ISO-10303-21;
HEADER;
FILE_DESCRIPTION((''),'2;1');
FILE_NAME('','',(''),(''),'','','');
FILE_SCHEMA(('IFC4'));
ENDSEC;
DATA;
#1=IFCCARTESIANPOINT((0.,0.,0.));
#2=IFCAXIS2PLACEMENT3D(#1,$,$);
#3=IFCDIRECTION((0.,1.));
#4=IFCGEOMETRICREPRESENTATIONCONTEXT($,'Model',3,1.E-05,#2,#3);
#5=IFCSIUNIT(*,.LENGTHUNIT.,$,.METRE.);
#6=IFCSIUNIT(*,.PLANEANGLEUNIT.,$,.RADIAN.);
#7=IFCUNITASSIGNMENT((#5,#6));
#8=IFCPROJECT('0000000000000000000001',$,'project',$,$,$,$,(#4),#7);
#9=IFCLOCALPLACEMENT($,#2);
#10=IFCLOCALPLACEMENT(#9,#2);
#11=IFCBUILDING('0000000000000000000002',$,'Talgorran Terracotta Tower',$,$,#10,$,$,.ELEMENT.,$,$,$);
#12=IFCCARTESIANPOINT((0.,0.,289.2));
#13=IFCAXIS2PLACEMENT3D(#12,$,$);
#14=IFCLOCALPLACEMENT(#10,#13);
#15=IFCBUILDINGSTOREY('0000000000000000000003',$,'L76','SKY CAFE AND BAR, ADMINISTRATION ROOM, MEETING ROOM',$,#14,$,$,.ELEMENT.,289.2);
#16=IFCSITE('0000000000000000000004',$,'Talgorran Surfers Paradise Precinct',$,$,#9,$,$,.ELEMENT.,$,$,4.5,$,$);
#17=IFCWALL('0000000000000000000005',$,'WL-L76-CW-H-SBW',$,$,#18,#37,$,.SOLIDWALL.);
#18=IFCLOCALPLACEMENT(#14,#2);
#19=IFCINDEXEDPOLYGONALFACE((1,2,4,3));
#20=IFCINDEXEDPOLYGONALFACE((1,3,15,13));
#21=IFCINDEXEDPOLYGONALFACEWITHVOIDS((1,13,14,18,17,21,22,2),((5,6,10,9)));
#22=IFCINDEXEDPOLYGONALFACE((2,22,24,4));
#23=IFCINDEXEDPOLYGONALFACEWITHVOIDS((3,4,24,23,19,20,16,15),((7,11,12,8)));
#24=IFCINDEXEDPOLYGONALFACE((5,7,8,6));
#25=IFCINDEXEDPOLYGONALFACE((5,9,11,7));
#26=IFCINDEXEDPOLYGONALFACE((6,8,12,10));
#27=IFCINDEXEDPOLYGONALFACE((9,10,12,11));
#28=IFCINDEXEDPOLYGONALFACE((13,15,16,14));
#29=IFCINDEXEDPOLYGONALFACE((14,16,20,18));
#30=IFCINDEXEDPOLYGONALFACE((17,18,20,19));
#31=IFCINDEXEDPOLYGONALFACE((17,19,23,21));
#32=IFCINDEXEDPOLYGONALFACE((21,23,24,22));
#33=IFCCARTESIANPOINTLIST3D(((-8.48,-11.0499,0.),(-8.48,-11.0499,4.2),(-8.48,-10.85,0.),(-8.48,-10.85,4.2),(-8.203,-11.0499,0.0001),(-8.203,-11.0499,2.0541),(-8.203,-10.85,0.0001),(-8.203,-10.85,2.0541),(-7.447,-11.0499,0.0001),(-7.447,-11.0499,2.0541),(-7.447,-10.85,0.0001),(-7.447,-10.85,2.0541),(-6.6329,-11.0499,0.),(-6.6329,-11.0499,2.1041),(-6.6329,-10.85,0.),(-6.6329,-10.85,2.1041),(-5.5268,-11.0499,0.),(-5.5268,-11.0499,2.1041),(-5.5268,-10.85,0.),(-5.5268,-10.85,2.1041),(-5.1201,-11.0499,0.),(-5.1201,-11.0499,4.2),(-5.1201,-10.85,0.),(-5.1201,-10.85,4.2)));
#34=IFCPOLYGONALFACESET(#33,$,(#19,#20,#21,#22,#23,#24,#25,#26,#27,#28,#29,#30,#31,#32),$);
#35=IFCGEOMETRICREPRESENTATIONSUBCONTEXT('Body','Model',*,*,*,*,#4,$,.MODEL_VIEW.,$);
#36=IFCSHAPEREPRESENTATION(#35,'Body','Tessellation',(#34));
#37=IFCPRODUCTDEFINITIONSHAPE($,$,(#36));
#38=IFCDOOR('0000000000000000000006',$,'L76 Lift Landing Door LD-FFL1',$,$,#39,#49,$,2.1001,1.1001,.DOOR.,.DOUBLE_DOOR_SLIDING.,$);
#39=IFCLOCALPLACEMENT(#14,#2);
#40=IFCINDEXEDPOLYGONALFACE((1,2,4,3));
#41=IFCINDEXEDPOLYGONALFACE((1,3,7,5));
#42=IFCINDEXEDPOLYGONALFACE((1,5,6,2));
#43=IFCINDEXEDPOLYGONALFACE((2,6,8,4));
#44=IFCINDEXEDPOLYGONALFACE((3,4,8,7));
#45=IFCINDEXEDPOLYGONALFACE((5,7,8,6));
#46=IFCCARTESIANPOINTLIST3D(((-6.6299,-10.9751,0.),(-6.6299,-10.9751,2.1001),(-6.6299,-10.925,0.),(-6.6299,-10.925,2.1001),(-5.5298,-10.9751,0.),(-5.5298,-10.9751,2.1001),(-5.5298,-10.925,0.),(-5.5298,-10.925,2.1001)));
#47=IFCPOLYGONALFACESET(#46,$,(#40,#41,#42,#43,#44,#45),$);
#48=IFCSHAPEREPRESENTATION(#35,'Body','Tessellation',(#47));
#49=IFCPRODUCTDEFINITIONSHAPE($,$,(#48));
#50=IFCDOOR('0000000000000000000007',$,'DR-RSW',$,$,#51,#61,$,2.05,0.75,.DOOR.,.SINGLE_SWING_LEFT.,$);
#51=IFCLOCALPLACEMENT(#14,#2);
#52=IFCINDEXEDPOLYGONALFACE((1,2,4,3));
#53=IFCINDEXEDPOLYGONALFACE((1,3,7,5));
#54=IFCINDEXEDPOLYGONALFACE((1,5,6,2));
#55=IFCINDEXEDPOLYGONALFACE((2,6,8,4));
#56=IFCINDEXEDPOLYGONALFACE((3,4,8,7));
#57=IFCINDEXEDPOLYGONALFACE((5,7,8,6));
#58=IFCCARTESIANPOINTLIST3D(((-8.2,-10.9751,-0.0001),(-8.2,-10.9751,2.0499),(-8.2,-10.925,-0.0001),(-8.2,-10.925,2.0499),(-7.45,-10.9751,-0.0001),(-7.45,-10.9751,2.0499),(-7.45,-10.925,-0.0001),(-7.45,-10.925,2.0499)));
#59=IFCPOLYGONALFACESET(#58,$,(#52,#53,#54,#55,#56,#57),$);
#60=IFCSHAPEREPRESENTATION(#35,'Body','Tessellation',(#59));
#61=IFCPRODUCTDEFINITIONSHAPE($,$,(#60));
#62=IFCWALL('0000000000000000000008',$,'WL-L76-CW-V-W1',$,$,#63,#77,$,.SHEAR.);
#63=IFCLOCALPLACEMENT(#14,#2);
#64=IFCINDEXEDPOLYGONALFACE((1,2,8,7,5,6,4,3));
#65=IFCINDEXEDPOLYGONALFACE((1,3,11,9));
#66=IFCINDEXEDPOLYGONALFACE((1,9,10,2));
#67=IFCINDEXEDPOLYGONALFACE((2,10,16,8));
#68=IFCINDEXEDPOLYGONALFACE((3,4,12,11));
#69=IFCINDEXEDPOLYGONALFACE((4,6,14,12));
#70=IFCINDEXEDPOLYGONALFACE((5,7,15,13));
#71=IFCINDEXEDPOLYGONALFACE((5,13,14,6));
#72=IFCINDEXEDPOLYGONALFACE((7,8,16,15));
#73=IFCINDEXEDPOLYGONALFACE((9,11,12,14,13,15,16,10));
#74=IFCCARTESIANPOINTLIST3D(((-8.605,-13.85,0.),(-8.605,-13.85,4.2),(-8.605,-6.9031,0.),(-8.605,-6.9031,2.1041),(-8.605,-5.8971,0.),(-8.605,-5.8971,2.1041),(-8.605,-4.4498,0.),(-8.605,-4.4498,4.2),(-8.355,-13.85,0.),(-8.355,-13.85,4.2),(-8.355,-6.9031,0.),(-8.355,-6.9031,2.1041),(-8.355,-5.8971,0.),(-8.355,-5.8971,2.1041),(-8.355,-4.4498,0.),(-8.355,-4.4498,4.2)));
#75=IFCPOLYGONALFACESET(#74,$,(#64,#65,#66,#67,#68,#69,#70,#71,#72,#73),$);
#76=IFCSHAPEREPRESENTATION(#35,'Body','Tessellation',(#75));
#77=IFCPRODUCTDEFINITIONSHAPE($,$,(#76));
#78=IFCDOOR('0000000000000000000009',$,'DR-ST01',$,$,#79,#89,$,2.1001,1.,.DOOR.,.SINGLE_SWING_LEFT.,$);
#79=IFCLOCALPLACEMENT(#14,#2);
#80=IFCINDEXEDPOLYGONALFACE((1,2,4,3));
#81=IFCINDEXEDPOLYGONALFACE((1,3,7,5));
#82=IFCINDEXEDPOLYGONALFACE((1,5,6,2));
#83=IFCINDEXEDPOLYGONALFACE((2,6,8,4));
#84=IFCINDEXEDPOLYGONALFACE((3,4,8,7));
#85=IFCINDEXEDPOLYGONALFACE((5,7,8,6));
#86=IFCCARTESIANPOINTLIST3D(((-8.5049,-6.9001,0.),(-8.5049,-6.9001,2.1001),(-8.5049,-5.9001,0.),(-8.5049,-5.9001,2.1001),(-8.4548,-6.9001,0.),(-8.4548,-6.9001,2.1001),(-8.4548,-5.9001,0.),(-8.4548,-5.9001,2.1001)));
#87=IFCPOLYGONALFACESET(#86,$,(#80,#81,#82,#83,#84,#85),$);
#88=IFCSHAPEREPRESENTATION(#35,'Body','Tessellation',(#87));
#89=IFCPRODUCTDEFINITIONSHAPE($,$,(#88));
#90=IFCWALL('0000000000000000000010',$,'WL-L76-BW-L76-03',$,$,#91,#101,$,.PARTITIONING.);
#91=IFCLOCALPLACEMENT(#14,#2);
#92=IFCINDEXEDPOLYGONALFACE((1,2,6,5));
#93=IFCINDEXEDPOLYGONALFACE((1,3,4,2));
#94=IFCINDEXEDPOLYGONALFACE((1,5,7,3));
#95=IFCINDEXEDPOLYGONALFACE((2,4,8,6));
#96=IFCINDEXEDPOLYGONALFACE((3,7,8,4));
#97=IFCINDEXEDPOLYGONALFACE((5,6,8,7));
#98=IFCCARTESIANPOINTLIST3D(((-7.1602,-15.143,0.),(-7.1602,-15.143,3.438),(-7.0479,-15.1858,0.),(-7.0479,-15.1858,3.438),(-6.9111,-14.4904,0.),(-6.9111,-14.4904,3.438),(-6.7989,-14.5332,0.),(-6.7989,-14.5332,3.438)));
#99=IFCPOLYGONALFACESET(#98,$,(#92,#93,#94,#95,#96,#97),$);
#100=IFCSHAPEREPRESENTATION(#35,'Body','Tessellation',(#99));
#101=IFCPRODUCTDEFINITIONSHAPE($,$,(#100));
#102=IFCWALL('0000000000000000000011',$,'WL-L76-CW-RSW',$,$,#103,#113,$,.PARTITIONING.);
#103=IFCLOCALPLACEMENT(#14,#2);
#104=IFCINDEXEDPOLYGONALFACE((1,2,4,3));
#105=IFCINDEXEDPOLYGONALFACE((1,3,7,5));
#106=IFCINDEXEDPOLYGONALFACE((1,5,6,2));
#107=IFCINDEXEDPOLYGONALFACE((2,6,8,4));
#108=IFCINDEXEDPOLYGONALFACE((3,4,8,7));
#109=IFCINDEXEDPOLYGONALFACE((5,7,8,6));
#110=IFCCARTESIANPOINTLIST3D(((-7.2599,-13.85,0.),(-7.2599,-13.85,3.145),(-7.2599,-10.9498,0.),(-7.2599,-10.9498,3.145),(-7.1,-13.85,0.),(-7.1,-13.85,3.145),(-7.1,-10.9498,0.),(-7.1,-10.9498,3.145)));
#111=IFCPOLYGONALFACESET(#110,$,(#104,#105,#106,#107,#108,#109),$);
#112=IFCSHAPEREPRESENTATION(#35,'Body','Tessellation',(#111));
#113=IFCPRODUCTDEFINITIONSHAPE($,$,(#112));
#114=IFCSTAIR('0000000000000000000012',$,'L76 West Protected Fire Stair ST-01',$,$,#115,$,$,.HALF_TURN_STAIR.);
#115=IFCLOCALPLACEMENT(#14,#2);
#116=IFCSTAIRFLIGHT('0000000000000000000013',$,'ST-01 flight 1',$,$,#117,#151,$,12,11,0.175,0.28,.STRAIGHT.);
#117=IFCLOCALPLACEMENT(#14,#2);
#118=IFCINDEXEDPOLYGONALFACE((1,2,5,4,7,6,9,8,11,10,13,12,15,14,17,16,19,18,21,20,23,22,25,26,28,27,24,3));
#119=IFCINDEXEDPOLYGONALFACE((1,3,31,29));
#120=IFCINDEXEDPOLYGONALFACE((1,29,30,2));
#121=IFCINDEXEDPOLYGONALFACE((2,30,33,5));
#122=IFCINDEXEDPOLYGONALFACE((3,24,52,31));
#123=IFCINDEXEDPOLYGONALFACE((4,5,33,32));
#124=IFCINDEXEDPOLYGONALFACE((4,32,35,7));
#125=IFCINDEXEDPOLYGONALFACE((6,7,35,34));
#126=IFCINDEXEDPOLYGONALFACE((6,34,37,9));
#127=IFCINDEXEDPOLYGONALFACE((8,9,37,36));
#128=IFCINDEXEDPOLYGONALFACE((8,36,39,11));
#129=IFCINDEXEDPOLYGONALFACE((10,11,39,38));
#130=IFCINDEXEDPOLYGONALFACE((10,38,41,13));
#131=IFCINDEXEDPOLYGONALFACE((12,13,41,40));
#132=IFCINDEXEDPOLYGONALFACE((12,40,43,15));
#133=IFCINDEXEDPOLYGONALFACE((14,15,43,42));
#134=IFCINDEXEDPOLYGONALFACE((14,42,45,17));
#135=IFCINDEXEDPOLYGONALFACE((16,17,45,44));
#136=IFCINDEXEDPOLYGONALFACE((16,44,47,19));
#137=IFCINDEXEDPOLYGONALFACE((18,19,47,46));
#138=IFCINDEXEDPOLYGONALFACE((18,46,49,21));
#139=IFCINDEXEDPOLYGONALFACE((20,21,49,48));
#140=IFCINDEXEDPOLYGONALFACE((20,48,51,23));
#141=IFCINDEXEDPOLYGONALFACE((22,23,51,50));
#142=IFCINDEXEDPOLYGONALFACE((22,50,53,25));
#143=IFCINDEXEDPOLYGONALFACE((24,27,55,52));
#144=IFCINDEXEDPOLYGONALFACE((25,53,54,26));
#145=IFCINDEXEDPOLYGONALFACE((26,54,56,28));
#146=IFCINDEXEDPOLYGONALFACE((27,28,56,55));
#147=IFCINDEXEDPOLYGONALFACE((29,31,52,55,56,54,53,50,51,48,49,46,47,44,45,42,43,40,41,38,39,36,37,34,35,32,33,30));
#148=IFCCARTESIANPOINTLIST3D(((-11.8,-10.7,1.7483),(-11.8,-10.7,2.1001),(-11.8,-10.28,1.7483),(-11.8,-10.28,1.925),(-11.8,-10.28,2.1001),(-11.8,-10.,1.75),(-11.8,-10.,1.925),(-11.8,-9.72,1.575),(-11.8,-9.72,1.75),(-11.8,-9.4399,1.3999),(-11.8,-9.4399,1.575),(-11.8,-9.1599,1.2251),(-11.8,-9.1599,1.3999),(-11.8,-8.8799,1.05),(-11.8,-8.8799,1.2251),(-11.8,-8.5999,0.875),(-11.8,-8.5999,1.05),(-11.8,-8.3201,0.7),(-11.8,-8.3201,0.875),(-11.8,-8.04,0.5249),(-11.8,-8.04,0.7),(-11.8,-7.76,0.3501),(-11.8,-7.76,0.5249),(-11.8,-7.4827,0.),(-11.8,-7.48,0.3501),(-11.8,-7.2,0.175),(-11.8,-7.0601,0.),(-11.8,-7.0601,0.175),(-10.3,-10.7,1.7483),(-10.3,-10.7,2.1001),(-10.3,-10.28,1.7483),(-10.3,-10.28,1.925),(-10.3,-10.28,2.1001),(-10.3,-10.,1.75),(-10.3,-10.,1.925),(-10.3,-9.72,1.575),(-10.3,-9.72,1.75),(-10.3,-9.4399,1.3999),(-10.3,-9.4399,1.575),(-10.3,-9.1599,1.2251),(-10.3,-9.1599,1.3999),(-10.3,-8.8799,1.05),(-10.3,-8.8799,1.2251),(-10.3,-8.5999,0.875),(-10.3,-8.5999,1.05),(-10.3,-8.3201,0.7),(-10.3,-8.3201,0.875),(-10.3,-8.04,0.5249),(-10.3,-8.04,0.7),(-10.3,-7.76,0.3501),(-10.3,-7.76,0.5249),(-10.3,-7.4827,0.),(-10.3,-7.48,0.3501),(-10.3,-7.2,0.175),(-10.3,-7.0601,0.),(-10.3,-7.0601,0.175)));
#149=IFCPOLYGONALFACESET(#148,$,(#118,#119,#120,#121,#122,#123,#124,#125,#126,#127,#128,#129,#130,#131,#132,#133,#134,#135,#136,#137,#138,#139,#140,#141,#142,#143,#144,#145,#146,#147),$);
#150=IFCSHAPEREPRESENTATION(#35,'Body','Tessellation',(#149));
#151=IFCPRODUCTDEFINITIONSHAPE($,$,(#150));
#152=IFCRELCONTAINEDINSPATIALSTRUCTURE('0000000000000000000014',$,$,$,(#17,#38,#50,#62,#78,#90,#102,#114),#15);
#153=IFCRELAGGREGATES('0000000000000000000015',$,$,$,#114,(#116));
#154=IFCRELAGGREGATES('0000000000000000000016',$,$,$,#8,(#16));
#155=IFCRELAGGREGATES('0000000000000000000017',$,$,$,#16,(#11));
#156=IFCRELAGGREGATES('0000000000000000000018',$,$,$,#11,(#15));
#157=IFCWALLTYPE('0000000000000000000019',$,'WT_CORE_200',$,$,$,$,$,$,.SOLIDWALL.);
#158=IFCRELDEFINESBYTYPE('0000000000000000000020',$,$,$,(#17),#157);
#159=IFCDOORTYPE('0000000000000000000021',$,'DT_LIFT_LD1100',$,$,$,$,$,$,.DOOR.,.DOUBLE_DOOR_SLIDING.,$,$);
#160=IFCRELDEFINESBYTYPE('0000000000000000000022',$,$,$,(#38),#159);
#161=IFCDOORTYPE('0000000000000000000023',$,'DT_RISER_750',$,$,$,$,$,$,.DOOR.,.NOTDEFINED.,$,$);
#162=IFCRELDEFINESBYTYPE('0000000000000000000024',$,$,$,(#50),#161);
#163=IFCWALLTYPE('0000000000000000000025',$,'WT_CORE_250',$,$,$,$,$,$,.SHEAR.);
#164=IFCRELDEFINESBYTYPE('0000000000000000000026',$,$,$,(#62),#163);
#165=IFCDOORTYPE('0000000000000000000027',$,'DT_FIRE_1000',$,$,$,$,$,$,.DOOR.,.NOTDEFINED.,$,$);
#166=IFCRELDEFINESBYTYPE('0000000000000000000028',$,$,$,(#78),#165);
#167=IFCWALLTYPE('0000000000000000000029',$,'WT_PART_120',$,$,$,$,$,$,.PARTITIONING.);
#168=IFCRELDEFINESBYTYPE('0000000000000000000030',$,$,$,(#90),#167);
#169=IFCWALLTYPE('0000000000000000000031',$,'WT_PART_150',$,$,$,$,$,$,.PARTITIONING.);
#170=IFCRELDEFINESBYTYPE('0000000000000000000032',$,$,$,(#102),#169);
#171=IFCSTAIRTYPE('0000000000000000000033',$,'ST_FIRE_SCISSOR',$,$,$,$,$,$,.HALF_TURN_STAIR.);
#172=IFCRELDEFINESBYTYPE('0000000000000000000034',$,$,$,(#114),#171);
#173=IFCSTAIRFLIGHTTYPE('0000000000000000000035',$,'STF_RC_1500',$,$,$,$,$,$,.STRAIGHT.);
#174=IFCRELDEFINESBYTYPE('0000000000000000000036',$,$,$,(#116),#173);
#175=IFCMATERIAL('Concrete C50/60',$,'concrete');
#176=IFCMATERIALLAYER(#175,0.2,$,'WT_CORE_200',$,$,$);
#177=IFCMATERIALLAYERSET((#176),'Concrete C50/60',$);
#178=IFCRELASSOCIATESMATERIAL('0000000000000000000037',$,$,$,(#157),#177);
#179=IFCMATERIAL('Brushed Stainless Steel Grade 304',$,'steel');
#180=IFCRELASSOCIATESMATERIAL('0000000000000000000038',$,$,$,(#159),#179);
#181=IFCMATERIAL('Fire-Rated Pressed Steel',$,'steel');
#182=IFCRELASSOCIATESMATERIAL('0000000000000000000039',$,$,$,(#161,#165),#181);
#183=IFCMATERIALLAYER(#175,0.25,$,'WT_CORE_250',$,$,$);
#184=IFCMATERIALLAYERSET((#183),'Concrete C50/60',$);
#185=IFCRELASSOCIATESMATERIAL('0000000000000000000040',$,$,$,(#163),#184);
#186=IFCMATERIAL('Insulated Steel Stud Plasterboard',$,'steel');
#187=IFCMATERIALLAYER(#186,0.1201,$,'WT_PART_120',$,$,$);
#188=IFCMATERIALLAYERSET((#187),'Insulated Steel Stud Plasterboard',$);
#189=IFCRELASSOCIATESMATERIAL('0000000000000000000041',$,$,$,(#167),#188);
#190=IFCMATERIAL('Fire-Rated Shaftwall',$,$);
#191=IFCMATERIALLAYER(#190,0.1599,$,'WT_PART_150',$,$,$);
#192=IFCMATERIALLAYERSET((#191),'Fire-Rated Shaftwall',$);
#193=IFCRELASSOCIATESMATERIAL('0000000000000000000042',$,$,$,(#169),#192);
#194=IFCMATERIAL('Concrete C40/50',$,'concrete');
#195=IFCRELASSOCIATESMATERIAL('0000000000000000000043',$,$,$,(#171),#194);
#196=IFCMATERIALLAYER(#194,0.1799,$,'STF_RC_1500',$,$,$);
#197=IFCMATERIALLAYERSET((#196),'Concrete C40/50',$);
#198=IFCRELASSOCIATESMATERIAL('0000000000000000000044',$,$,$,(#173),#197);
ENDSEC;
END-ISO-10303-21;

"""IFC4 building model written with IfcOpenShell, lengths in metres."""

from ifc_helpers import new_model, si_unit, direction, frame, frame_2d, origin, place, context, subcontext, project, spatial, polyline, rectangle, outline, extrude, material, layer, layer_set, type_object, element, fill, aggregate, save


model = new_model("IFC4")

# Units and contexts
model_context = context("Model", 3, precision=1e-05, world=origin(), true_north=direction((0.0, 1.0)))
body_context = subcontext(model_context, "Body", "Model", "MODEL_VIEW")
ifc_project = project(units=[si_unit("LENGTHUNIT", "METRE"), si_unit("PLANEANGLEUNIT", "RADIAN")], contexts=[model_context])

# Site, building, storey
site_placement = place(None, origin())
site = spatial("IfcSite", under=ifc_project, at=site_placement, Name="Talgorran Surfers Paradise Precinct", CompositionType="ELEMENT", RefElevation=4.5)
building_placement = place(site_placement, origin())
building = spatial("IfcBuilding", under=site, at=building_placement, Name="Talgorran Terracotta Tower", CompositionType="ELEMENT")
storey_placement = place(building_placement, frame((0.0, 0.0, 289.2)))
storey = spatial("IfcBuildingStorey", under=building, at=storey_placement, Name="L76", Description="SKY CAFE AND BAR, ADMINISTRATION ROOM, MEETING ROOM", CompositionType="ELEMENT", Elevation=289.2)

# Shared definitions
ifc_material_1 = material(Name="Concrete C50/60", Category="concrete")

# Wall, openings, doors
ifc_layer_1 = layer(ifc_material_1, 0.2, Name="WT_CORE_200")
ifc_layer_set_1 = layer_set([ifc_layer_1], Name="Concrete C50/60")
wall_type_1 = type_object("IfcWallType", Name="WT_CORE_200", PredefinedType="SOLIDWALL", material=ifc_layer_set_1)
wall_1_placement = place(storey_placement, frame((-8.48, -10.95, 0.0), z_axis=(0.0, 0.0, 1.0), x_axis=(1.0, 0.0, 0.0)))
wall_1 = element("IfcWall", 1, at=wall_1_placement, inside=storey, type_object=wall_type_1, Name="WL-L76-CW-H-SBW", PredefinedType="SOLIDWALL", context=body_context, shape_type="SweptSolid", body=[
    extrude(rectangle(XDim=3.3599, YDim=0.2, at=frame_2d((1.6799, 0.0))), origin(), (0.0, 0.0, 1.0), 4.2),
])
opening_1_placement = place(wall_1_placement, frame((0.28, 0.0, 0.0)))
opening_1 = element("IfcOpeningElement", 2, at=opening_1_placement, cuts=wall_1, PredefinedType="OPENING", context=body_context, shape_type="SweptSolid", body=[
    extrude(rectangle(XDim=0.756, YDim=2.054, at=frame_2d((0.375, 1.0271))), frame((0.0, 0.1099, 0.0), z_axis=(0.0, -1.0, 0.0), x_axis=(1.0, 0.0, 0.0)), (0.0, 0.0, 1.0), 0.22),
])
opening_2_placement = place(wall_1_placement, frame((1.8501, 0.0, 0.0)))
opening_2 = element("IfcOpeningElement", 3, at=opening_2_placement, cuts=wall_1, PredefinedType="OPENING", context=body_context, shape_type="SweptSolid", body=[
    extrude(rectangle(XDim=1.1061, YDim=2.1041, at=frame_2d((0.55, 1.052))), frame((0.0, 0.1099, 0.0), z_axis=(0.0, -1.0, 0.0), x_axis=(1.0, 0.0, 0.0)), (0.0, 0.0, 1.0), 0.22),
])
ifc_material_2 = material(Name="Brushed Stainless Steel Grade 304", Category="steel")
door_type_1 = type_object("IfcDoorType", Name="DT_LIFT_LD1100", OperationType="DOUBLE_DOOR_SLIDING", PredefinedType="DOOR", material=ifc_material_2)
door_1_placement = place(opening_2_placement, origin())
door_1 = element("IfcDoor", 4, at=door_1_placement, inside=storey, type_object=door_type_1, Name="L76 Lift Landing Door LD-FFL1", OperationType="DOUBLE_DOOR_SLIDING", OverallHeight=2.1001, OverallWidth=1.1001, PredefinedType="DOOR", context=body_context, shape_type="SweptSolid", body=[
    extrude(rectangle(XDim=1.1001, YDim=2.1001, at=frame_2d((0.55, 1.05))), frame((0.0, 0.0249, 0.0), z_axis=(0.0, -1.0, 0.0), x_axis=(1.0, 0.0, 0.0)), (0.0, 0.0, 1.0), 0.05),
])
fill(opening_2, door_1)
ifc_material_3 = material(Name="Fire-Rated Pressed Steel", Category="steel")
door_type_2 = type_object("IfcDoorType", Name="DT_RISER_750", OperationType="NOTDEFINED", PredefinedType="DOOR", material=ifc_material_3)
door_2_placement = place(opening_1_placement, origin())
door_2 = element("IfcDoor", 5, at=door_2_placement, inside=storey, type_object=door_type_2, Name="DR-RSW", OperationType="SINGLE_SWING_LEFT", OverallHeight=2.05, OverallWidth=0.75, PredefinedType="DOOR", context=body_context, shape_type="SweptSolid", body=[
    extrude(rectangle(XDim=0.75, YDim=2.05, at=frame_2d((0.375, 1.0249))), frame((0.0, 0.0249, 0.0), z_axis=(0.0, -1.0, 0.0), x_axis=(1.0, 0.0, 0.0)), (0.0, 0.0, 1.0), 0.05),
])
fill(opening_1, door_2)

# Wall, opening, door
ifc_layer_2 = layer(ifc_material_1, 0.25, Name="WT_CORE_250")
ifc_layer_set_2 = layer_set([ifc_layer_2], Name="Concrete C50/60")
wall_type_2 = type_object("IfcWallType", Name="WT_CORE_250", PredefinedType="SHEAR", material=ifc_layer_set_2)
wall_2_placement = place(storey_placement, frame((-8.48, -13.8501, 0.0), z_axis=(0.0, 0.0, 1.0), x_axis=(0.0, 1.0, 0.0)))
wall_2 = element("IfcWall", 6, at=wall_2_placement, inside=storey, type_object=wall_type_2, Name="WL-L76-CW-V-W1", PredefinedType="SHEAR", context=body_context, shape_type="SweptSolid", body=[
    extrude(rectangle(XDim=9.4001, YDim=0.25, at=frame_2d((4.7002, 0.0))), origin(), (0.0, 0.0, 1.0), 4.2),
])
opening_3_placement = place(wall_2_placement, frame((6.95, 0.0, 0.0)))
opening_3 = element("IfcOpeningElement", 7, at=opening_3_placement, cuts=wall_2, PredefinedType="OPENING", context=body_context, shape_type="SweptSolid", body=[
    extrude(rectangle(XDim=1.006, YDim=2.1041, at=frame_2d((0.5, 1.052))), frame((0.0, 0.135, 0.0), z_axis=(0.0, -1.0, 0.0), x_axis=(1.0, 0.0, 0.0)), (0.0, 0.0, 1.0), 0.27),
])
door_type_3 = type_object("IfcDoorType", Name="DT_FIRE_1000", OperationType="NOTDEFINED", PredefinedType="DOOR", material=ifc_material_3)
door_3_placement = place(opening_3_placement, origin())
door_3 = element("IfcDoor", 8, at=door_3_placement, inside=storey, type_object=door_type_3, Name="DR-ST01", OperationType="SINGLE_SWING_LEFT", OverallHeight=2.1001, OverallWidth=1.0, PredefinedType="DOOR", context=body_context, shape_type="SweptSolid", body=[
    extrude(rectangle(XDim=1.0, YDim=2.1001, at=frame_2d((0.5, 1.05))), frame((0.0, 0.0249, 0.0), z_axis=(0.0, -1.0, 0.0), x_axis=(1.0, 0.0, 0.0)), (0.0, 0.0, 1.0), 0.05),
])
fill(opening_3, door_3)

# Walls
ifc_material_4 = material(Name="Insulated Steel Stud Plasterboard", Category="steel")
ifc_layer_3 = layer(ifc_material_4, 0.1201, Name="WT_PART_120")
ifc_layer_set_3 = layer_set([ifc_layer_3], Name="Insulated Steel Stud Plasterboard")
wall_type_3 = type_object("IfcWallType", Name="WT_PART_120", PredefinedType="PARTITIONING", material=ifc_layer_set_3)
wall_3_placement = place(storey_placement, frame((-7.104, -15.1643, 0.0), z_axis=(0.0, 0.0, 1.0), x_axis=(0.356519, 0.934288, 0.0)))
element("IfcWall", 9, at=wall_3_placement, inside=storey, type_object=wall_type_3, Name="WL-L76-BW-L76-03", PredefinedType="PARTITIONING", context=body_context, shape_type="SweptSolid", body=[
    extrude(rectangle(XDim=0.6985, YDim=0.1201, at=frame_2d((0.3491, 0.0))), origin(), (0.0, 0.0, 1.0), 3.438),
])
ifc_material_5 = material(Name="Fire-Rated Shaftwall")
ifc_layer_4 = layer(ifc_material_5, 0.1599, Name="WT_PART_150")
ifc_layer_set_4 = layer_set([ifc_layer_4], Name="Fire-Rated Shaftwall")
wall_type_4 = type_object("IfcWallType", Name="WT_PART_150", PredefinedType="PARTITIONING", material=ifc_layer_set_4)
wall_4_placement = place(storey_placement, frame((-7.1799, -13.8501, 0.0), z_axis=(0.0, 0.0, 1.0), x_axis=(0.0, 1.0, 0.0)))
element("IfcWall", 10, at=wall_4_placement, inside=storey, type_object=wall_type_4, Name="WL-L76-CW-RSW", PredefinedType="PARTITIONING", context=body_context, shape_type="SweptSolid", body=[
    extrude(rectangle(XDim=2.9001, YDim=0.1599, at=frame_2d((1.4502, 0.0))), origin(), (0.0, 0.0, 1.0), 3.145),
])

# Stair, stair flight
ifc_material_6 = material(Name="Concrete C40/50", Category="concrete")
stair_type = type_object("IfcStairType", Name="ST_FIRE_SCISSOR", PredefinedType="HALF_TURN_STAIR", material=ifc_material_6)
stair_placement = place(storey_placement, origin())
stair = element("IfcStair", 11, at=stair_placement, inside=storey, type_object=stair_type, Name="L76 West Protected Fire Stair ST-01", PredefinedType="HALF_TURN_STAIR")
ifc_layer_5 = layer(ifc_material_6, 0.1799, Name="STF_RC_1500")
ifc_layer_set_5 = layer_set([ifc_layer_5], Name="Concrete C40/50")
stair_flight_type = type_object("IfcStairFlightType", Name="STF_RC_1500", PredefinedType="STRAIGHT", material=ifc_layer_set_5)
stair_flight_1_placement = place(storey_placement, frame((-11.05, -7.2, 0.0), z_axis=(0.0, 0.0, 1.0), x_axis=(0.0, -1.0, 0.0)))
stair_flight_1 = element("IfcStairFlight", 12, at=stair_flight_1_placement, type_object=stair_flight_type, Name="ST-01 flight 1", NumberOfRisers=12, NumberOfTreads=11, PredefinedType="STRAIGHT", RiserHeight=0.175, TreadLength=0.28, context=body_context, shape_type="SweptSolid", body=[
    extrude(outline(polyline([(-0.1399, 0.0), (-0.1399, 0.175), (0.0, 0.175), (0.28, 0.3501), (0.5601, 0.3501), (0.5601, 0.5249), (0.8401, 0.5249), (0.8401, 0.7), (1.1201, 0.7), (1.1201, 0.875), (1.3999, 0.875), (1.3999, 1.05), (1.6799, 1.05), (1.6799, 1.2251), (1.96, 1.2251), (1.96, 1.3999), (2.24, 1.3999), (2.24, 1.575), (2.52, 1.575), (2.52, 1.75), (2.8, 1.75), (2.8, 1.925), (3.0801, 1.925), (3.0801, 2.1001), (3.5, 2.1001), (3.5, 1.7483), (3.0801, 1.7483), (0.2827, 0.0), (-0.1399, 0.0)])), frame((0.0, 0.75, 0.0), z_axis=(0.0, -1.0, 0.0), x_axis=(1.0, 0.0, 0.0)), (0.0, 0.0, 1.0), 1.5),
])
aggregate(stair, [stair_flight_1])

save(model, "model.ifc")
